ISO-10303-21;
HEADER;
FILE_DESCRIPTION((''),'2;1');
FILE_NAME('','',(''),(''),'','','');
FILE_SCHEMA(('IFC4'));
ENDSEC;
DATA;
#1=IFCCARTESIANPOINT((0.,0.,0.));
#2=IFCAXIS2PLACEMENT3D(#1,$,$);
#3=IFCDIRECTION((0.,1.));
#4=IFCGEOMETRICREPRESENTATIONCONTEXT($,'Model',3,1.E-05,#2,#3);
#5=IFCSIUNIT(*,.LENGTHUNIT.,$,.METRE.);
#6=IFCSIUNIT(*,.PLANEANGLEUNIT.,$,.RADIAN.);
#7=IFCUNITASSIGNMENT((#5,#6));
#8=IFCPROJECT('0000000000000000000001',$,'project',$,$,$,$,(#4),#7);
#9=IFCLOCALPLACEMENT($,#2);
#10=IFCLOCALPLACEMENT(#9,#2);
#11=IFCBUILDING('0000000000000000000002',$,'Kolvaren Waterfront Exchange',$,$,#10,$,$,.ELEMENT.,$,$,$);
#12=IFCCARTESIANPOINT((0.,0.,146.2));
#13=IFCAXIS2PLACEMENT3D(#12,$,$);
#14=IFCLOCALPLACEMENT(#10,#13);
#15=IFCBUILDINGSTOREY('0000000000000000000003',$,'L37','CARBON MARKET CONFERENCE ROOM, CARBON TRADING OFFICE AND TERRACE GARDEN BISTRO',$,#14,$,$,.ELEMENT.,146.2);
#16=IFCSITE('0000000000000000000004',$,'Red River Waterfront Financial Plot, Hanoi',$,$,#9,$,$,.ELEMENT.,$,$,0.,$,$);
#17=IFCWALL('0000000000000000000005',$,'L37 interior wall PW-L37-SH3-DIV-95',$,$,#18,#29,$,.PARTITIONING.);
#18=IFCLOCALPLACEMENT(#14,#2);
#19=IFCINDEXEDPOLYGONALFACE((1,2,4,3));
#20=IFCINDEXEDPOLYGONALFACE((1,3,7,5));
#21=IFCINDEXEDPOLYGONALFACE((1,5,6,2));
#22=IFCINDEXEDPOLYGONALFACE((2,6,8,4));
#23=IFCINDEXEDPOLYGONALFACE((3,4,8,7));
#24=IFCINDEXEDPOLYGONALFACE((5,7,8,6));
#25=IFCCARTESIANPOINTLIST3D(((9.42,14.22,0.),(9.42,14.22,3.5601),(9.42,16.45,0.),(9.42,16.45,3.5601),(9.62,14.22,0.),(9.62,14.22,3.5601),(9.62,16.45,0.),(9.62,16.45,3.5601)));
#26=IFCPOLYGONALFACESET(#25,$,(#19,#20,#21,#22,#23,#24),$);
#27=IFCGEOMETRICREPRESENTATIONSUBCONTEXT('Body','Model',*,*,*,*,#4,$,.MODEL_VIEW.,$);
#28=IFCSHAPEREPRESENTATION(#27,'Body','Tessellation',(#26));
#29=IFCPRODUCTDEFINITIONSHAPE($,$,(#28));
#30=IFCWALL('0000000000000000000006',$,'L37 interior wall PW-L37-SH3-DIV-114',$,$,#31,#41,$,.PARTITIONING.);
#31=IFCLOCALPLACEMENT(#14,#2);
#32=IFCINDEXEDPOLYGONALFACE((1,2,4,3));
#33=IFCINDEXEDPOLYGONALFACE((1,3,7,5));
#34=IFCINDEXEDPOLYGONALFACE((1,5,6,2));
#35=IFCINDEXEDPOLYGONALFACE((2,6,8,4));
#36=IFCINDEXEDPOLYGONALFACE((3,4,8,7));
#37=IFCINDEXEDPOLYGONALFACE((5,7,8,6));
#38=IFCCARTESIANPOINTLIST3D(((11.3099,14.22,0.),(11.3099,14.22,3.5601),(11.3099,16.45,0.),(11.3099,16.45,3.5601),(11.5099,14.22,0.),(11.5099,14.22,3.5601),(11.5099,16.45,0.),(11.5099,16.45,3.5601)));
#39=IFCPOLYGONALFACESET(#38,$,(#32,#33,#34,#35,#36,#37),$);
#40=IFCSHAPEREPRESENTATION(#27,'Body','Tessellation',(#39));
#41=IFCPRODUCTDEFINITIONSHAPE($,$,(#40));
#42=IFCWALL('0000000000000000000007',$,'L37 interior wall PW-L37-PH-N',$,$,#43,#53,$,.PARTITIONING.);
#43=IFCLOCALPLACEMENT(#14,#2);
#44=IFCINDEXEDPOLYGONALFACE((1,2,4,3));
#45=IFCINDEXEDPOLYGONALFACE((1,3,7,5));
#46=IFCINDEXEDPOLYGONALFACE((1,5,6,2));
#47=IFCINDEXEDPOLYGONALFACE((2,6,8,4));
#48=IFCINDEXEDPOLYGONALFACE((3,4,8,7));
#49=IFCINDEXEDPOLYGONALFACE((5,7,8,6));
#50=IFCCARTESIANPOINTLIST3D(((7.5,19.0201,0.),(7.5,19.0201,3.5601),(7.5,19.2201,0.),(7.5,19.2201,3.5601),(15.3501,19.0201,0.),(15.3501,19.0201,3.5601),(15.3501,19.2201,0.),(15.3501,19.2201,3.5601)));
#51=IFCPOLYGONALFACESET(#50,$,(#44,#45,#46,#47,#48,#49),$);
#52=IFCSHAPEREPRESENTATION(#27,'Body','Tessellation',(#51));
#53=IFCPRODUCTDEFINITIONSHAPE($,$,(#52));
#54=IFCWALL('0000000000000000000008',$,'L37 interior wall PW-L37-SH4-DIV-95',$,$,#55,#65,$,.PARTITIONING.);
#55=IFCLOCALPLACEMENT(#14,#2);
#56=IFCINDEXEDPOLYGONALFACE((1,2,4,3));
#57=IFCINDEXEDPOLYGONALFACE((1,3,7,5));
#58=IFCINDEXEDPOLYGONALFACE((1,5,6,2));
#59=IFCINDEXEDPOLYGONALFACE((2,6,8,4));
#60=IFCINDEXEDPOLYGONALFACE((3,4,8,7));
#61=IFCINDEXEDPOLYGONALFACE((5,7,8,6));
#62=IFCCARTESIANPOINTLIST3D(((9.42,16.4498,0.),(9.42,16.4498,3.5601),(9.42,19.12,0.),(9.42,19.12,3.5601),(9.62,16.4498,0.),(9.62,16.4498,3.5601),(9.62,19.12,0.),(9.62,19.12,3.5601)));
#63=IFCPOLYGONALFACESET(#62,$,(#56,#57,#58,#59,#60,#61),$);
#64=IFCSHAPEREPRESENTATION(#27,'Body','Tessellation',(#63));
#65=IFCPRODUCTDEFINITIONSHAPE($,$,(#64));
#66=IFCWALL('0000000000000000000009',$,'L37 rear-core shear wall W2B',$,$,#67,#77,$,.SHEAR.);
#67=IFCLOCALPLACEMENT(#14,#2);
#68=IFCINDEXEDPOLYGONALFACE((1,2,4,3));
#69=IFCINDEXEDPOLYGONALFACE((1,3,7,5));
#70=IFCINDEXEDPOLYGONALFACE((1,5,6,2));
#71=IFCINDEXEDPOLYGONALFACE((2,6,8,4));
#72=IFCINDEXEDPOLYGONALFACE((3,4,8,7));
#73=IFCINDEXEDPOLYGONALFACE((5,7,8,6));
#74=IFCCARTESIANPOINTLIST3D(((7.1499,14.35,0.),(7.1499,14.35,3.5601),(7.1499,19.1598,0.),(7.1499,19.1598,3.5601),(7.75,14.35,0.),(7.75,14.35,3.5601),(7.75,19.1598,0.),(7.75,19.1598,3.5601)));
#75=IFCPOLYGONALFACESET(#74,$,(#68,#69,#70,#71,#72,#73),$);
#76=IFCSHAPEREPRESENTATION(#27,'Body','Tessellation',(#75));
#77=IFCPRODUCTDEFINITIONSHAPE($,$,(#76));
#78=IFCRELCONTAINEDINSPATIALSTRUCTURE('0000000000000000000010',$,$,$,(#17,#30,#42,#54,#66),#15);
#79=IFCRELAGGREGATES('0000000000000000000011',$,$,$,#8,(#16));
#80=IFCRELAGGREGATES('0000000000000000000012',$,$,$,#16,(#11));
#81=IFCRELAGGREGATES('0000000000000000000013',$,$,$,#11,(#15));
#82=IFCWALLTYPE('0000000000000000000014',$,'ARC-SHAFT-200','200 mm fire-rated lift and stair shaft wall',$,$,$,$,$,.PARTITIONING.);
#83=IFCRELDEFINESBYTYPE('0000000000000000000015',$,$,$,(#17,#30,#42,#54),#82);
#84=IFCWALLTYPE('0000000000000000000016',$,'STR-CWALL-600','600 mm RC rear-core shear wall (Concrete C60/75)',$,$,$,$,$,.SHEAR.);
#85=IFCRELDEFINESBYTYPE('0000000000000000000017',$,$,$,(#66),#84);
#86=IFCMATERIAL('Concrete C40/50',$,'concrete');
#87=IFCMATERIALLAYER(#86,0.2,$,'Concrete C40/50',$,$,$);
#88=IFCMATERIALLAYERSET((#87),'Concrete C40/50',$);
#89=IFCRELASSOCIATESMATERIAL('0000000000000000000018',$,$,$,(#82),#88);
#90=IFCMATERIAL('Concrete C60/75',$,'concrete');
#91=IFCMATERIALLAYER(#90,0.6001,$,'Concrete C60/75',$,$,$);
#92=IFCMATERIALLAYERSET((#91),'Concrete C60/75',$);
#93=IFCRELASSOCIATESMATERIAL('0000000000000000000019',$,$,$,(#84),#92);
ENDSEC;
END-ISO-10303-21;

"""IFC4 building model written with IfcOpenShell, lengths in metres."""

from ifc_helpers import new_model, si_unit, direction, frame, frame_2d, origin, place, context, subcontext, project, spatial, rectangle, extrude, material, layer, layer_set, type_object, element, save


model = new_model("IFC4")

# Units and contexts
model_context = context("Model", 3, precision=1e-05, world=origin(), true_north=direction((0.0, 1.0)))
body_context = subcontext(model_context, "Body", "Model", "MODEL_VIEW")
ifc_project = project(units=[si_unit("LENGTHUNIT", "METRE"), si_unit("PLANEANGLEUNIT", "RADIAN")], contexts=[model_context])

# Site, building, storey
site_placement = place(None, origin())
site = spatial("IfcSite", under=ifc_project, at=site_placement, Name="Red River Waterfront Financial Plot, Hanoi", CompositionType="ELEMENT", RefElevation=0.0)
building_placement = place(site_placement, origin())
building = spatial("IfcBuilding", under=site, at=building_placement, Name="Kolvaren Waterfront Exchange", CompositionType="ELEMENT")
storey_placement = place(building_placement, frame((0.0, 0.0, 146.2)))
storey = spatial("IfcBuildingStorey", under=building, at=storey_placement, Name="L37", Description="CARBON MARKET CONFERENCE ROOM, CARBON TRADING OFFICE AND TERRACE GARDEN BISTRO", CompositionType="ELEMENT", Elevation=146.2)

# Shared definitions
ifc_material_1 = material(Name="Concrete C60/75", Category="concrete")

# Shared definitions
ifc_material_2 = material(Name="Concrete C40/50", Category="concrete")
ifc_layer_1 = layer(ifc_material_2, 0.2, Name="Concrete C40/50")
ifc_layer_set_1 = layer_set([ifc_layer_1], Name="Concrete C40/50")
wall_type_1 = type_object("IfcWallType", Name="ARC-SHAFT-200", Description="200 mm fire-rated lift and stair shaft wall", PredefinedType="PARTITIONING", material=ifc_layer_set_1)

# Walls
for number, where, z_axis, x_axis, name in (
    (1, (9.52, 14.22, 0.0), (0.0, 0.0, 1.0), (0.0, 1.0, 0.0), "L37 interior wall PW-L37-SH3-DIV-95"),
    (2, (11.4099, 14.22, 0.0), (0.0, 0.0, 1.0), (0.0, 1.0, 0.0), "L37 interior wall PW-L37-SH3-DIV-114"),
):
    element("IfcWall", number, at=place(storey_placement, frame(where, z_axis=z_axis, x_axis=x_axis)), inside=storey, type_object=wall_type_1, Name=name, PredefinedType="PARTITIONING", context=body_context, shape_type="SweptSolid", body=[
        extrude(rectangle(XDim=2.23, YDim=0.2, at=frame_2d((1.115, 0.0))), origin(), (0.0, 0.0, 1.0), 3.5601),
    ])
wall_1_placement = place(storey_placement, frame((7.5, 19.1201, 0.0), z_axis=(0.0, 0.0, 1.0), x_axis=(1.0, 0.0, 0.0)))
element("IfcWall", 3, at=wall_1_placement, inside=storey, type_object=wall_type_1, Name="L37 interior wall PW-L37-PH-N", PredefinedType="PARTITIONING", context=body_context, shape_type="SweptSolid", body=[
    extrude(rectangle(XDim=7.8501, YDim=0.2, at=frame_2d((3.925, 0.0))), origin(), (0.0, 0.0, 1.0), 3.5601),
])
wall_2_placement = place(storey_placement, frame((9.52, 16.45, 0.0), z_axis=(0.0, 0.0, 1.0), x_axis=(0.0, 1.0, 0.0)))
element("IfcWall", 4, at=wall_2_placement, inside=storey, type_object=wall_type_1, Name="L37 interior wall PW-L37-SH4-DIV-95", PredefinedType="PARTITIONING", context=body_context, shape_type="SweptSolid", body=[
    extrude(rectangle(XDim=2.6702, YDim=0.2, at=frame_2d((1.335, 0.0))), origin(), (0.0, 0.0, 1.0), 3.5601),
])
ifc_layer_2 = layer(ifc_material_1, 0.6001, Name="Concrete C60/75")
ifc_layer_set_2 = layer_set([ifc_layer_2], Name="Concrete C60/75")
wall_type_2 = type_object("IfcWallType", Name="STR-CWALL-600", Description="600 mm RC rear-core shear wall (Concrete C60/75)", PredefinedType="SHEAR", material=ifc_layer_set_2)
wall_3_placement = place(storey_placement, frame((7.45, 14.3501, 0.0), z_axis=(0.0, 0.0, 1.0), x_axis=(0.0, 1.0, 0.0)))
element("IfcWall", 5, at=wall_3_placement, inside=storey, type_object=wall_type_2, Name="L37 rear-core shear wall W2B", PredefinedType="SHEAR", context=body_context, shape_type="SweptSolid", body=[
    extrude(rectangle(XDim=4.8098, YDim=0.6001, at=frame_2d((2.4048, 0.0))), origin(), (0.0, 0.0, 1.0), 3.5601),
])

save(model, "model.ifc")
